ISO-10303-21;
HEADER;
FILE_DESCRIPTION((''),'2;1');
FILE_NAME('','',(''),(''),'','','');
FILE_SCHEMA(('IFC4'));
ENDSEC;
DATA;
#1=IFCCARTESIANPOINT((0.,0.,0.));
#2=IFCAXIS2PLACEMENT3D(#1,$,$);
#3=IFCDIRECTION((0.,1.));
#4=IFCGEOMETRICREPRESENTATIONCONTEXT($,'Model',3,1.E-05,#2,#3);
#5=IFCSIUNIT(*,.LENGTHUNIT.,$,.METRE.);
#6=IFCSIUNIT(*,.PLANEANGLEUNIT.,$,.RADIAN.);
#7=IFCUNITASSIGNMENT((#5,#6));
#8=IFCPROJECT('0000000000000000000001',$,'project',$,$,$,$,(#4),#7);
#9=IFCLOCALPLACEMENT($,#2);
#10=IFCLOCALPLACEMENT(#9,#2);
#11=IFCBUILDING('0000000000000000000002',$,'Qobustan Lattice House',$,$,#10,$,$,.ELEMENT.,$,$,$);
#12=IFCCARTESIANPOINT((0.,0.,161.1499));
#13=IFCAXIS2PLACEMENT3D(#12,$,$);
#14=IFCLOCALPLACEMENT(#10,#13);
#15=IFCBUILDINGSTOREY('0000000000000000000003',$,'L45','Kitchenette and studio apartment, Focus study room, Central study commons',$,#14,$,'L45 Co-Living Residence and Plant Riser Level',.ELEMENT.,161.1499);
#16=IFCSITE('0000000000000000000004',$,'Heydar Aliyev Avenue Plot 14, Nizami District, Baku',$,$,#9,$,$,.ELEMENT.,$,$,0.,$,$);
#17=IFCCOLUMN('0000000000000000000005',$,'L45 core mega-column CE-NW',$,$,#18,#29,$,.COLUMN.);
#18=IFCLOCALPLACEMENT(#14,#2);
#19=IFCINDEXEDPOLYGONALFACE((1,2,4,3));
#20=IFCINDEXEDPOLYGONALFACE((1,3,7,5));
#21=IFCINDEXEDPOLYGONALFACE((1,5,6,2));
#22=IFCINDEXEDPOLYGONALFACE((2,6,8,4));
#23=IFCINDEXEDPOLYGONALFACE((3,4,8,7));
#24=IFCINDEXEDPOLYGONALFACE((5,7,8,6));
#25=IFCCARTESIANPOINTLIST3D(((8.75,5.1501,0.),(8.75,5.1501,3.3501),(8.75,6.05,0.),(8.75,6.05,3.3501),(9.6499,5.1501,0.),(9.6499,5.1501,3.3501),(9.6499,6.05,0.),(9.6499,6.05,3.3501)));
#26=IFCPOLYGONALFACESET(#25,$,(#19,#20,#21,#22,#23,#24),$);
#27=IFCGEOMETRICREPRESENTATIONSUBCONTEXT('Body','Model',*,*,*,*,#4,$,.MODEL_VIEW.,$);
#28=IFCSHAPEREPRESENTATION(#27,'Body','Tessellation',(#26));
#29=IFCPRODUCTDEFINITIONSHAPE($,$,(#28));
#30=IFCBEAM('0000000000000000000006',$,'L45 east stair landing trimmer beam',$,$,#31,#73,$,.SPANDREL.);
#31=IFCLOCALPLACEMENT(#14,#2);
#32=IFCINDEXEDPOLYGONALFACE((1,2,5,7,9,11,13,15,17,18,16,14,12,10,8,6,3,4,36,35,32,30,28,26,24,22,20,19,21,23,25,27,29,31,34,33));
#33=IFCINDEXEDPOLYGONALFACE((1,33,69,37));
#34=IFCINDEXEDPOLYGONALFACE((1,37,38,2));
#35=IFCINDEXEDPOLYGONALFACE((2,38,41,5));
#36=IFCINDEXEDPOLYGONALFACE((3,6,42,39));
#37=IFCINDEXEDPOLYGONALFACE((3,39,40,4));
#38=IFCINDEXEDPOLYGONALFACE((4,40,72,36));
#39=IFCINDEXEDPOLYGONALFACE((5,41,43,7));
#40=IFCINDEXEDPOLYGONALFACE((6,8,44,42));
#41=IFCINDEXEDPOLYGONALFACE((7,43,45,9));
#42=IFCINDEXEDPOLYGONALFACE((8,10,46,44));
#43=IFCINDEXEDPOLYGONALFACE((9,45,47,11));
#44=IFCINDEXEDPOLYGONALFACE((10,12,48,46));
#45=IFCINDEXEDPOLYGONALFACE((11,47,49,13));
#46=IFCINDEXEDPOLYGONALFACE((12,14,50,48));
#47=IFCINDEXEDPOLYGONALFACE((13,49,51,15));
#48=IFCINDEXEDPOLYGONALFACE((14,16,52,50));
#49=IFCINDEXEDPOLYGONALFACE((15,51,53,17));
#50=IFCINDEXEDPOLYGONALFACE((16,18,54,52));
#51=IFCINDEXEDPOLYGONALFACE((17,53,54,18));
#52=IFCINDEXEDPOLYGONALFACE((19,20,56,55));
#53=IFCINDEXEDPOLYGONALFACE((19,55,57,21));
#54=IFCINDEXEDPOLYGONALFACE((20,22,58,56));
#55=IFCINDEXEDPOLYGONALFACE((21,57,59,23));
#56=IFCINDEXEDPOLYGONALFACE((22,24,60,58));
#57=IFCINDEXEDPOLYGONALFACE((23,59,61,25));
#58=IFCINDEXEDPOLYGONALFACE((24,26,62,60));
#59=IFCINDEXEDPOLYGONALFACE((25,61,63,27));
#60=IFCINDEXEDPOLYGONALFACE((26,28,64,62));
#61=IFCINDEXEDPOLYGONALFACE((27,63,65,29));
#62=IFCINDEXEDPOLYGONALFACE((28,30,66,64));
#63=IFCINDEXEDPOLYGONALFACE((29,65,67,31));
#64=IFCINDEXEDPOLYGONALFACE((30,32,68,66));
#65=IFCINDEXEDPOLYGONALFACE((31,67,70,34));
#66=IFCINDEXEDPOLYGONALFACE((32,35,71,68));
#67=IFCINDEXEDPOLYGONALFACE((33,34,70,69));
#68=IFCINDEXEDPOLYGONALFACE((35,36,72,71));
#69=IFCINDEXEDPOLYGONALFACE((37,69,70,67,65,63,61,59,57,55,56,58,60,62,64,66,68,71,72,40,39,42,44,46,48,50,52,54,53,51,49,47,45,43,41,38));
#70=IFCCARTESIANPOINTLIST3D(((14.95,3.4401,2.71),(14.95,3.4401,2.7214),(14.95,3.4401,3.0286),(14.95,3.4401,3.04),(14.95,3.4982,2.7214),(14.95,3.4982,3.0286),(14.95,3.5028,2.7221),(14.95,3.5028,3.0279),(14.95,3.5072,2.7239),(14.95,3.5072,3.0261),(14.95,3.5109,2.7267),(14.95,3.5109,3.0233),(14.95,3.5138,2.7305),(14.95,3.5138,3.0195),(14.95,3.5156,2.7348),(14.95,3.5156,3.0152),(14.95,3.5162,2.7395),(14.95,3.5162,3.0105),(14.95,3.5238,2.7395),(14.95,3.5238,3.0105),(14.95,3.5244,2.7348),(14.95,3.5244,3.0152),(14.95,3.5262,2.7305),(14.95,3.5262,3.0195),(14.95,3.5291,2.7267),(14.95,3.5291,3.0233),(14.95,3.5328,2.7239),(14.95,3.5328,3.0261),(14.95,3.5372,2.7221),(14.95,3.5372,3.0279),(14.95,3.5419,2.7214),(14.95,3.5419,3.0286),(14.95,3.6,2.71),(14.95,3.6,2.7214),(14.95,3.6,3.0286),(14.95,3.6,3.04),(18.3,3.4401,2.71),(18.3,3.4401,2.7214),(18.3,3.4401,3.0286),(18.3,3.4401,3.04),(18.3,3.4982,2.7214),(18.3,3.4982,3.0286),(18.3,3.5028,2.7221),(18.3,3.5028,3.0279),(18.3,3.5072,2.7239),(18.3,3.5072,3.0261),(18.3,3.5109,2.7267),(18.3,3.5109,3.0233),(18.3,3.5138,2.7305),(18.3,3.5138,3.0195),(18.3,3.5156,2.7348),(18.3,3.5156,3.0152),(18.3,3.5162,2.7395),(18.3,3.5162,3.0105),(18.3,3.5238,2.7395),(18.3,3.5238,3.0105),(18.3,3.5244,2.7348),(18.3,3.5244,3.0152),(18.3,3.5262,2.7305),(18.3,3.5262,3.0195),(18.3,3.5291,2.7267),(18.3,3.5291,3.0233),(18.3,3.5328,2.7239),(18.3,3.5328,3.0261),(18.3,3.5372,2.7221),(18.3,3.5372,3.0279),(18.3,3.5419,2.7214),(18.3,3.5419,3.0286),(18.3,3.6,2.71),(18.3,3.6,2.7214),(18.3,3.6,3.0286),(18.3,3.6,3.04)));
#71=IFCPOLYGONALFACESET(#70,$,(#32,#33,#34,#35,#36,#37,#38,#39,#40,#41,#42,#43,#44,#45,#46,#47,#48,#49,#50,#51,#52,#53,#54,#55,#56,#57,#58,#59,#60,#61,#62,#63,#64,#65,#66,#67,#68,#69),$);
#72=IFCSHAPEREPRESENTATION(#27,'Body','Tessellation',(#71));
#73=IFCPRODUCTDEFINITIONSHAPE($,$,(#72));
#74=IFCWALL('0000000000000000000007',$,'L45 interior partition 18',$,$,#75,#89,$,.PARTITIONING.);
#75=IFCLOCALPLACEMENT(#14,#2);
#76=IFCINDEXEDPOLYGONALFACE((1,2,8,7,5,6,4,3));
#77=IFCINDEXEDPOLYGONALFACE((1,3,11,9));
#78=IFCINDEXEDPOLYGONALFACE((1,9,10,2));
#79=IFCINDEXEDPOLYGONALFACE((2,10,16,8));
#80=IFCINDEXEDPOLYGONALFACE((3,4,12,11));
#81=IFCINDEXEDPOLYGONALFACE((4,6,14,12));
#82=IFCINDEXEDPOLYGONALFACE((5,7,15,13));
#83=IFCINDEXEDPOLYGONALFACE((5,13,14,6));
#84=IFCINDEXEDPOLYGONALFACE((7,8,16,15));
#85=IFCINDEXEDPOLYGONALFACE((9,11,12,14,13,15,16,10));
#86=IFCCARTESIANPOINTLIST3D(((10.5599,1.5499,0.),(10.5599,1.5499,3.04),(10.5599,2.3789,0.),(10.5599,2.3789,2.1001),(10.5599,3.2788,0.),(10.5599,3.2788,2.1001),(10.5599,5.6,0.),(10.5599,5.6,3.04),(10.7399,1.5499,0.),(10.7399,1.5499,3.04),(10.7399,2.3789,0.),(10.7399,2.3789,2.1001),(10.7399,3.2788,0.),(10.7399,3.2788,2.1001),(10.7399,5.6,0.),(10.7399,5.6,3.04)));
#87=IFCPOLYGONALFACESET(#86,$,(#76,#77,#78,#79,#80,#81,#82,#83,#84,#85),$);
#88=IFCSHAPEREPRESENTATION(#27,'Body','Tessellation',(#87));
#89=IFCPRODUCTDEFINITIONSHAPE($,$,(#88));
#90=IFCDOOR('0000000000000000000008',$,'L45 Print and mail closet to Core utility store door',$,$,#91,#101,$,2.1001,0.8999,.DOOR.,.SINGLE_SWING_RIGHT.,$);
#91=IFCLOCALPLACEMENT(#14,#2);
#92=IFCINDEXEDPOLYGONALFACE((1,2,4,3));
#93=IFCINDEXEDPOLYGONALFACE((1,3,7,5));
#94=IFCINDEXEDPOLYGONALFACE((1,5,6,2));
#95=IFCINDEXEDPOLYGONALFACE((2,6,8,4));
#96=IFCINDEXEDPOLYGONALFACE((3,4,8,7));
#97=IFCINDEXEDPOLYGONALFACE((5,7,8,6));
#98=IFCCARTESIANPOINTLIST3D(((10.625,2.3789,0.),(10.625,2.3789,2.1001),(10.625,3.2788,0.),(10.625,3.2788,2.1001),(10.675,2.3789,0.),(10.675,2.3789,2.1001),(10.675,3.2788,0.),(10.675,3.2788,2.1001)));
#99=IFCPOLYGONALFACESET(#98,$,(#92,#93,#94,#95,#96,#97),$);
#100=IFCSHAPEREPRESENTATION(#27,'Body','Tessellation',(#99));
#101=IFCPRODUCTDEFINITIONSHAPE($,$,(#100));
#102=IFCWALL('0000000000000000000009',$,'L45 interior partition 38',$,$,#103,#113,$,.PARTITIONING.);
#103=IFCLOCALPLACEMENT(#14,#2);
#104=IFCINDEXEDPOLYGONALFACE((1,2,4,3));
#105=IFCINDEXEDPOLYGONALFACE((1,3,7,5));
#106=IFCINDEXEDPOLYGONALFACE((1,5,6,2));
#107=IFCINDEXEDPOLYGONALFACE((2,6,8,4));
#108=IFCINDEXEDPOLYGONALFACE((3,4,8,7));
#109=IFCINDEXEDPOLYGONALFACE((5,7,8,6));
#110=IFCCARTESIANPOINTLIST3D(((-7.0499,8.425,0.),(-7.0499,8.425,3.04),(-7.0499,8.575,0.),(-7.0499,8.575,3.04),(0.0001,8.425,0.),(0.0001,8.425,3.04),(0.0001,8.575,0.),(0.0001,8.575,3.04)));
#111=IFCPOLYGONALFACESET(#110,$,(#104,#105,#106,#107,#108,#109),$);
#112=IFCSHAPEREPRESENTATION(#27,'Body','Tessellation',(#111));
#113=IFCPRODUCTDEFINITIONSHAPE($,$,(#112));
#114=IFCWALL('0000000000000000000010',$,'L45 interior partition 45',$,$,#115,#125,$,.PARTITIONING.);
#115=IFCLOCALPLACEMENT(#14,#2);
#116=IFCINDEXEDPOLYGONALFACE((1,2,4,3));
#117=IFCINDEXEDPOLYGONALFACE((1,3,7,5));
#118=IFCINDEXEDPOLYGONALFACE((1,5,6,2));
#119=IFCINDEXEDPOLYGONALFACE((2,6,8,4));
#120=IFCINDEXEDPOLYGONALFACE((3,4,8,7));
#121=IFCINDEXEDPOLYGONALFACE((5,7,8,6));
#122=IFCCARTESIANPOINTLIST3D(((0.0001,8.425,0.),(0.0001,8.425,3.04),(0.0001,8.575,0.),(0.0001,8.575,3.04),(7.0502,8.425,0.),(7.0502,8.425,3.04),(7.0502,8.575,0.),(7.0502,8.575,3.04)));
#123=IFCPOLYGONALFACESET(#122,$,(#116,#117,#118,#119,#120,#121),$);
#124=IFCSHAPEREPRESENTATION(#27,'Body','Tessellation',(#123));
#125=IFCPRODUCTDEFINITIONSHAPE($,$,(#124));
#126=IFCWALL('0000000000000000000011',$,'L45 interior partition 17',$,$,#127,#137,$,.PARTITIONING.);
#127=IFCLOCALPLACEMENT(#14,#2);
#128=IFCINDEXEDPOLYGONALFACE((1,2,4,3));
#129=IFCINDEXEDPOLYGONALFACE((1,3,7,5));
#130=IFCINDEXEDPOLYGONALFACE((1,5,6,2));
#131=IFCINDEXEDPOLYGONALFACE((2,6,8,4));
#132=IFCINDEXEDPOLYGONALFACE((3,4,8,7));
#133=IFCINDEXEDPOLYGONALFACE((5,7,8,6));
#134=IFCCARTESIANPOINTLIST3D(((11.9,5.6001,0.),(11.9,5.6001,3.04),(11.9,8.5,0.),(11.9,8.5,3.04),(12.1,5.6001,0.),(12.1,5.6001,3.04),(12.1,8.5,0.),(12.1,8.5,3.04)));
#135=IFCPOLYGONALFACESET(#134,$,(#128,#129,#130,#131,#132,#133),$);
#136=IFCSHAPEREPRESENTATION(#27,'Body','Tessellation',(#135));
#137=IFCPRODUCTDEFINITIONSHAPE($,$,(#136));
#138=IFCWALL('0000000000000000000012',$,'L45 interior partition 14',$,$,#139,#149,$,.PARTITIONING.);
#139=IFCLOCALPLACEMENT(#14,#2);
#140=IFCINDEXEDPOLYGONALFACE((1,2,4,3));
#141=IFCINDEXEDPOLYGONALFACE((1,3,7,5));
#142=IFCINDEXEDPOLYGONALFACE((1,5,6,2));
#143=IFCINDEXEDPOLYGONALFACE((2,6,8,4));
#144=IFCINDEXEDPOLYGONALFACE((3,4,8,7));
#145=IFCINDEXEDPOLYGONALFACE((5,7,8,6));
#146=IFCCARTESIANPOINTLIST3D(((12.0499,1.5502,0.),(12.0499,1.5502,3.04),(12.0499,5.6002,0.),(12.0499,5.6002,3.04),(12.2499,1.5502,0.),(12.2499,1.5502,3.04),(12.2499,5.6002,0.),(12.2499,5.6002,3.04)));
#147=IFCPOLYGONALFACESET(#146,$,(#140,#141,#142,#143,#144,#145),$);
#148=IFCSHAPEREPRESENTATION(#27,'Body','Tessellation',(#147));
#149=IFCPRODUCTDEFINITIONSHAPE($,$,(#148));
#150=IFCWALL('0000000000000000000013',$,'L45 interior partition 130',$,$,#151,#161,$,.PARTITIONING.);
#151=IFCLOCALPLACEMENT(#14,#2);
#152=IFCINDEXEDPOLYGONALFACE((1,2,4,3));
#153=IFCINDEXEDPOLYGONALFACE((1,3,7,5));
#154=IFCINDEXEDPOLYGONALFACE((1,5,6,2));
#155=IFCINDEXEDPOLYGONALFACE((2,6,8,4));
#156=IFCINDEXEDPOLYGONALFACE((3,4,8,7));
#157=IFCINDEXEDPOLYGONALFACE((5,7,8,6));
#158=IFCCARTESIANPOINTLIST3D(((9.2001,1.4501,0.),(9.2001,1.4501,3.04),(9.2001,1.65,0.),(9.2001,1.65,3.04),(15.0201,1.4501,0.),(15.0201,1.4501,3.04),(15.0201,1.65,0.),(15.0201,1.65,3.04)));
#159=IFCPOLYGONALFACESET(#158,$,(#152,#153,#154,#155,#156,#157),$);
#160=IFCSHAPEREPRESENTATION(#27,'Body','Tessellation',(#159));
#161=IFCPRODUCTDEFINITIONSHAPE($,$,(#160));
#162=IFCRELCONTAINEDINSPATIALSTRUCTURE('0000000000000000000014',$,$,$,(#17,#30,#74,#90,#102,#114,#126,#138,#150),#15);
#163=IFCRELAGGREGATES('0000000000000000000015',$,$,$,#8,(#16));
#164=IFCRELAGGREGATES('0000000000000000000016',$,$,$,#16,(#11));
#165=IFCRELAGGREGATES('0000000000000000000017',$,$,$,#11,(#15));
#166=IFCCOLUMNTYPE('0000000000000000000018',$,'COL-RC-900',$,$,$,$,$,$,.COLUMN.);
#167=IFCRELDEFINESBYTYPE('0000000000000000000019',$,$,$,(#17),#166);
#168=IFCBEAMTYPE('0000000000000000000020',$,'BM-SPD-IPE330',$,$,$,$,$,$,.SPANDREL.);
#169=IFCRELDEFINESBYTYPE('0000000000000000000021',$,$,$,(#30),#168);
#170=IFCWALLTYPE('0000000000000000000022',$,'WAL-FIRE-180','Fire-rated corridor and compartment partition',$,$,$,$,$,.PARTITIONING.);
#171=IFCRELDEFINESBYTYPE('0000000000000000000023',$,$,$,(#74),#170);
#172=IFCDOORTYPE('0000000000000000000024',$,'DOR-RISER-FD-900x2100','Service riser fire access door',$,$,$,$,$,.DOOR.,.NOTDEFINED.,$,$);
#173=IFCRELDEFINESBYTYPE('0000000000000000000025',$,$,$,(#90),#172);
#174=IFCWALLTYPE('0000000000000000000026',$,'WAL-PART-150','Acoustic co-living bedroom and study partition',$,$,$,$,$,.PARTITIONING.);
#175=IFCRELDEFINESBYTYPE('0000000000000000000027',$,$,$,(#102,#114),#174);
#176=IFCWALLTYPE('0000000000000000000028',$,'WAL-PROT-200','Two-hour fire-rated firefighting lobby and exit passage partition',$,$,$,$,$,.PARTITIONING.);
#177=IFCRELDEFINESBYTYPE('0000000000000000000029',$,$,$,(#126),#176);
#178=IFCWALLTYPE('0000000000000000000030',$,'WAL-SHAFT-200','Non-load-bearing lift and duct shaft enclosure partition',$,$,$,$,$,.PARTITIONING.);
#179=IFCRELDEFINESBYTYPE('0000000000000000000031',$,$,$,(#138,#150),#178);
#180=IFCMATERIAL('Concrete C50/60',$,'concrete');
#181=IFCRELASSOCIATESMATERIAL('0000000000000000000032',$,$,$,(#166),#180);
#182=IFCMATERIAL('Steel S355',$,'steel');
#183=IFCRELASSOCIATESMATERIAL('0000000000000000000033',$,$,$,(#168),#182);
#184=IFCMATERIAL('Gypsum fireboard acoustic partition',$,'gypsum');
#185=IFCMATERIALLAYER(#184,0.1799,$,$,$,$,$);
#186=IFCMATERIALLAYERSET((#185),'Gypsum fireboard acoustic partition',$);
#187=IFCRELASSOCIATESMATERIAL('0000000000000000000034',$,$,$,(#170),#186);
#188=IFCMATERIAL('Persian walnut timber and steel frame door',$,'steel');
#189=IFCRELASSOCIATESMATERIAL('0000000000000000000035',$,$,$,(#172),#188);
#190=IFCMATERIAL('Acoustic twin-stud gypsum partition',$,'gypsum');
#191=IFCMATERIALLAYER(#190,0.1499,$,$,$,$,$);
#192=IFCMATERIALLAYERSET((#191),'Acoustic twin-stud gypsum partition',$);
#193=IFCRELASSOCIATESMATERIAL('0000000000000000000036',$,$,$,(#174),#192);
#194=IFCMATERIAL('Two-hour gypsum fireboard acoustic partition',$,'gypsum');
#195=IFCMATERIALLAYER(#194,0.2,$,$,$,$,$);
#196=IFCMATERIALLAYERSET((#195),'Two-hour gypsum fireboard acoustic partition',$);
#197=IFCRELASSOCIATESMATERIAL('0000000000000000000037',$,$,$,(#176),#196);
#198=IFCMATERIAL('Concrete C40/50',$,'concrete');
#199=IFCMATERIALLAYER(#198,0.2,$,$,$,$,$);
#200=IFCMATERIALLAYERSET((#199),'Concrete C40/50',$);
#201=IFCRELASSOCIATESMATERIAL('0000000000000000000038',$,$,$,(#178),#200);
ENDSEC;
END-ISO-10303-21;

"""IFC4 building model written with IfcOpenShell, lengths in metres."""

from ifc_helpers import new_model, si_unit, direction, frame, frame_2d, origin, origin_2d, place, context, subcontext, project, spatial, rectangle, i_section, extrude, material, layer, layer_set, material_profile, profile_set, type_object, element, fill, save


model = new_model("IFC4")

# Units and contexts
model_context = context("Model", 3, precision=1e-05, world=origin(), true_north=direction((0.0, 1.0)))
body_context = subcontext(model_context, "Body", "Model", "MODEL_VIEW")
ifc_project = project(units=[si_unit("LENGTHUNIT", "METRE"), si_unit("PLANEANGLEUNIT", "RADIAN")], contexts=[model_context])

# Site, building, storey
site_placement = place(None, origin())
site = spatial("IfcSite", under=ifc_project, at=site_placement, Name="Heydar Aliyev Avenue Plot 14, Nizami District, Baku", CompositionType="ELEMENT", RefElevation=0.0)
building_placement = place(site_placement, origin())
building = spatial("IfcBuilding", under=site, at=building_placement, Name="Qobustan Lattice House", CompositionType="ELEMENT")
storey_placement = place(building_placement, frame((0.0, 0.0, 161.1499)))
storey = spatial("IfcBuildingStorey", under=building, at=storey_placement, Name="L45", Description="Kitchenette and studio apartment, Focus study room, Central study commons", LongName="L45 Co-Living Residence and Plant Riser Level", CompositionType="ELEMENT", Elevation=161.1499)

# Column
ifc_material_1 = material(Name="Concrete C50/60", Category="concrete")
ifc_material_profile_1 = material_profile(ifc_material_1, rectangle(XDim=0.8999, YDim=0.8999, at=origin_2d()), Name="RC900x900")
ifc_profile_set_1 = profile_set([ifc_material_profile_1], Name="Concrete C50/60")
column_type = type_object("IfcColumnType", Name="COL-RC-900", PredefinedType="COLUMN", material=ifc_profile_set_1)
column_placement = place(storey_placement, frame((9.2, 5.6001, 0.0), z_axis=(0.0, 0.0, 1.0), x_axis=(1.0, 0.0, 0.0)))
element("IfcColumn", 1, at=column_placement, inside=storey, type_object=column_type, Name="L45 core mega-column CE-NW", PredefinedType="COLUMN", context=body_context, shape_type="SweptSolid", body=[
    extrude(rectangle(XDim=0.8999, YDim=0.8999, at=origin_2d()), origin(), (0.0, 0.0, 1.0), 3.3501),
])

# Beam
ifc_material_2 = material(Name="Steel S355", Category="steel")
ifc_material_profile_2 = material_profile(ifc_material_2, i_section(OverallWidth=0.1599, OverallDepth=0.3301, WebThickness=0.0076, FlangeThickness=0.0115, FilletRadius=0.0181, at=origin_2d()), Name="IPE330")
ifc_profile_set_2 = profile_set([ifc_material_profile_2], Name="Steel S355")
beam_type = type_object("IfcBeamType", Name="BM-SPD-IPE330", PredefinedType="SPANDREL", material=ifc_profile_set_2)
beam_placement = place(storey_placement, frame((14.95, 3.52, 2.875), z_axis=(1.0, 0.0, 0.0), x_axis=(0.0, 1.0, 0.0)))
element("IfcBeam", 2, at=beam_placement, inside=storey, type_object=beam_type, Name="L45 east stair landing trimmer beam", PredefinedType="SPANDREL", context=body_context, shape_type="SweptSolid", body=[
    extrude(i_section(OverallWidth=0.1599, OverallDepth=0.3301, WebThickness=0.0076, FlangeThickness=0.0115, FilletRadius=0.0181, at=origin_2d()), origin(), (0.0, 0.0, 1.0), 3.3501),
])

# Wall, opening, door
ifc_material_3 = material(Name="Gypsum fireboard acoustic partition", Category="gypsum")
ifc_layer_1 = layer(ifc_material_3, 0.1799)
ifc_layer_set_1 = layer_set([ifc_layer_1], Name="Gypsum fireboard acoustic partition")
wall_type_1 = type_object("IfcWallType", Name="WAL-FIRE-180", Description="Fire-rated corridor and compartment partition", PredefinedType="PARTITIONING", material=ifc_layer_set_1)
wall_1_placement = place(storey_placement, frame((10.6499, 1.55, 0.0), z_axis=(0.0, 0.0, 1.0), x_axis=(0.0, 1.0, 0.0)))
wall_1 = element("IfcWall", 3, at=wall_1_placement, inside=storey, type_object=wall_type_1, Name="L45 interior partition 18", PredefinedType="PARTITIONING", context=body_context, shape_type="SweptSolid", body=[
    extrude(rectangle(XDim=4.05, YDim=0.1799, at=frame_2d((2.0249, 0.0))), origin(), (0.0, 0.0, 1.0), 3.04),
])
opening_1_placement = place(wall_1_placement, frame((0.8289, 0.0, 0.0)))
opening_1 = element("IfcOpeningElement", 4, at=opening_1_placement, cuts=wall_1, PredefinedType="OPENING", context=body_context, shape_type="SweptSolid", body=[
    extrude(rectangle(XDim=0.8999, YDim=2.1001, at=frame_2d((0.45, 1.05))), frame((0.0, 0.0999, 0.0), z_axis=(0.0, -1.0, 0.0), x_axis=(1.0, 0.0, 0.0)), (0.0, 0.0, 1.0), 0.2),
])
ifc_material_4 = material(Name="Persian walnut timber and steel frame door", Category="steel")
door_type_1 = type_object("IfcDoorType", Name="DOR-RISER-FD-900x2100", Description="Service riser fire access door", OperationType="NOTDEFINED", PredefinedType="DOOR", material=ifc_material_4)
door_1_placement = place(opening_1_placement, origin())
door_1 = element("IfcDoor", 5, at=door_1_placement, inside=storey, type_object=door_type_1, Name="L45 Print and mail closet to Core utility store door", OperationType="SINGLE_SWING_RIGHT", OverallHeight=2.1001, OverallWidth=0.8999, PredefinedType="DOOR", context=body_context, shape_type="SweptSolid", body=[
    extrude(rectangle(XDim=0.8999, YDim=2.1001, at=frame_2d((0.45, 1.05))), frame((0.0, 0.0249, 0.0), z_axis=(0.0, -1.0, 0.0), x_axis=(1.0, 0.0, 0.0)), (0.0, 0.0, 1.0), 0.05),
])
fill(opening_1, door_1)

# Walls
ifc_material_5 = material(Name="Acoustic twin-stud gypsum partition", Category="gypsum")
ifc_layer_2 = layer(ifc_material_5, 0.1499)
ifc_layer_set_2 = layer_set([ifc_layer_2], Name="Acoustic twin-stud gypsum partition")
wall_type_2 = type_object("IfcWallType", Name="WAL-PART-150", Description="Acoustic co-living bedroom and study partition", PredefinedType="PARTITIONING", material=ifc_layer_set_2)
for number, where, z_axis, x_axis, name in (
    (6, (0.0, 8.5, 0.0), (0.0, 0.0, 1.0), (-1.0, 0.0, 0.0), "L45 interior partition 38"),
    (7, (7.05, 8.5, 0.0), (0.0, 0.0, 1.0), (-1.0, 0.0, 0.0), "L45 interior partition 45"),
):
    element("IfcWall", number, at=place(storey_placement, frame(where, z_axis=z_axis, x_axis=x_axis)), inside=storey, type_object=wall_type_2, Name=name, PredefinedType="PARTITIONING", context=body_context, shape_type="SweptSolid", body=[
        extrude(rectangle(XDim=7.05, YDim=0.1499, at=frame_2d((3.5249, 0.0))), origin(), (0.0, 0.0, 1.0), 3.04),
    ])
ifc_material_6 = material(Name="Two-hour gypsum fireboard acoustic partition", Category="gypsum")
ifc_layer_3 = layer(ifc_material_6, 0.2)
ifc_layer_set_3 = layer_set([ifc_layer_3], Name="Two-hour gypsum fireboard acoustic partition")
wall_type_3 = type_object("IfcWallType", Name="WAL-PROT-200", Description="Two-hour fire-rated firefighting lobby and exit passage partition", PredefinedType="PARTITIONING", material=ifc_layer_set_3)
wall_2_placement = place(storey_placement, frame((12.0, 8.5, 0.0), z_axis=(0.0, 0.0, 1.0), x_axis=(0.0, -1.0, 0.0)))
element("IfcWall", 8, at=wall_2_placement, inside=storey, type_object=wall_type_3, Name="L45 interior partition 17", PredefinedType="PARTITIONING", context=body_context, shape_type="SweptSolid", body=[
    extrude(rectangle(XDim=2.8999, YDim=0.2, at=frame_2d((1.45, 0.0))), origin(), (0.0, 0.0, 1.0), 3.04),
])
ifc_material_7 = material(Name="Concrete C40/50", Category="concrete")
ifc_layer_4 = layer(ifc_material_7, 0.2)
ifc_layer_set_4 = layer_set([ifc_layer_4], Name="Concrete C40/50")
wall_type_4 = type_object("IfcWallType", Name="WAL-SHAFT-200", Description="Non-load-bearing lift and duct shaft enclosure partition", PredefinedType="PARTITIONING", material=ifc_layer_set_4)
wall_3_placement = place(storey_placement, frame((12.1499, 5.6001, 0.0), z_axis=(0.0, 0.0, 1.0), x_axis=(0.0, -1.0, 0.0)))
element("IfcWall", 9, at=wall_3_placement, inside=storey, type_object=wall_type_4, Name="L45 interior partition 14", PredefinedType="PARTITIONING", context=body_context, shape_type="SweptSolid", body=[
    extrude(rectangle(XDim=4.05, YDim=0.2, at=frame_2d((2.0249, 0.0))), origin(), (0.0, 0.0, 1.0), 3.04),
])
wall_4_placement = place(storey_placement, frame((9.2, 1.55, 0.0), z_axis=(0.0, 0.0, 1.0), x_axis=(1.0, 0.0, 0.0)))
element("IfcWall", 10, at=wall_4_placement, inside=storey, type_object=wall_type_4, Name="L45 interior partition 130", PredefinedType="PARTITIONING", context=body_context, shape_type="SweptSolid", body=[
    extrude(rectangle(XDim=5.8201, YDim=0.2, at=frame_2d((2.9102, 0.0))), origin(), (0.0, 0.0, 1.0), 3.04),
])

save(model, "model.ifc")
